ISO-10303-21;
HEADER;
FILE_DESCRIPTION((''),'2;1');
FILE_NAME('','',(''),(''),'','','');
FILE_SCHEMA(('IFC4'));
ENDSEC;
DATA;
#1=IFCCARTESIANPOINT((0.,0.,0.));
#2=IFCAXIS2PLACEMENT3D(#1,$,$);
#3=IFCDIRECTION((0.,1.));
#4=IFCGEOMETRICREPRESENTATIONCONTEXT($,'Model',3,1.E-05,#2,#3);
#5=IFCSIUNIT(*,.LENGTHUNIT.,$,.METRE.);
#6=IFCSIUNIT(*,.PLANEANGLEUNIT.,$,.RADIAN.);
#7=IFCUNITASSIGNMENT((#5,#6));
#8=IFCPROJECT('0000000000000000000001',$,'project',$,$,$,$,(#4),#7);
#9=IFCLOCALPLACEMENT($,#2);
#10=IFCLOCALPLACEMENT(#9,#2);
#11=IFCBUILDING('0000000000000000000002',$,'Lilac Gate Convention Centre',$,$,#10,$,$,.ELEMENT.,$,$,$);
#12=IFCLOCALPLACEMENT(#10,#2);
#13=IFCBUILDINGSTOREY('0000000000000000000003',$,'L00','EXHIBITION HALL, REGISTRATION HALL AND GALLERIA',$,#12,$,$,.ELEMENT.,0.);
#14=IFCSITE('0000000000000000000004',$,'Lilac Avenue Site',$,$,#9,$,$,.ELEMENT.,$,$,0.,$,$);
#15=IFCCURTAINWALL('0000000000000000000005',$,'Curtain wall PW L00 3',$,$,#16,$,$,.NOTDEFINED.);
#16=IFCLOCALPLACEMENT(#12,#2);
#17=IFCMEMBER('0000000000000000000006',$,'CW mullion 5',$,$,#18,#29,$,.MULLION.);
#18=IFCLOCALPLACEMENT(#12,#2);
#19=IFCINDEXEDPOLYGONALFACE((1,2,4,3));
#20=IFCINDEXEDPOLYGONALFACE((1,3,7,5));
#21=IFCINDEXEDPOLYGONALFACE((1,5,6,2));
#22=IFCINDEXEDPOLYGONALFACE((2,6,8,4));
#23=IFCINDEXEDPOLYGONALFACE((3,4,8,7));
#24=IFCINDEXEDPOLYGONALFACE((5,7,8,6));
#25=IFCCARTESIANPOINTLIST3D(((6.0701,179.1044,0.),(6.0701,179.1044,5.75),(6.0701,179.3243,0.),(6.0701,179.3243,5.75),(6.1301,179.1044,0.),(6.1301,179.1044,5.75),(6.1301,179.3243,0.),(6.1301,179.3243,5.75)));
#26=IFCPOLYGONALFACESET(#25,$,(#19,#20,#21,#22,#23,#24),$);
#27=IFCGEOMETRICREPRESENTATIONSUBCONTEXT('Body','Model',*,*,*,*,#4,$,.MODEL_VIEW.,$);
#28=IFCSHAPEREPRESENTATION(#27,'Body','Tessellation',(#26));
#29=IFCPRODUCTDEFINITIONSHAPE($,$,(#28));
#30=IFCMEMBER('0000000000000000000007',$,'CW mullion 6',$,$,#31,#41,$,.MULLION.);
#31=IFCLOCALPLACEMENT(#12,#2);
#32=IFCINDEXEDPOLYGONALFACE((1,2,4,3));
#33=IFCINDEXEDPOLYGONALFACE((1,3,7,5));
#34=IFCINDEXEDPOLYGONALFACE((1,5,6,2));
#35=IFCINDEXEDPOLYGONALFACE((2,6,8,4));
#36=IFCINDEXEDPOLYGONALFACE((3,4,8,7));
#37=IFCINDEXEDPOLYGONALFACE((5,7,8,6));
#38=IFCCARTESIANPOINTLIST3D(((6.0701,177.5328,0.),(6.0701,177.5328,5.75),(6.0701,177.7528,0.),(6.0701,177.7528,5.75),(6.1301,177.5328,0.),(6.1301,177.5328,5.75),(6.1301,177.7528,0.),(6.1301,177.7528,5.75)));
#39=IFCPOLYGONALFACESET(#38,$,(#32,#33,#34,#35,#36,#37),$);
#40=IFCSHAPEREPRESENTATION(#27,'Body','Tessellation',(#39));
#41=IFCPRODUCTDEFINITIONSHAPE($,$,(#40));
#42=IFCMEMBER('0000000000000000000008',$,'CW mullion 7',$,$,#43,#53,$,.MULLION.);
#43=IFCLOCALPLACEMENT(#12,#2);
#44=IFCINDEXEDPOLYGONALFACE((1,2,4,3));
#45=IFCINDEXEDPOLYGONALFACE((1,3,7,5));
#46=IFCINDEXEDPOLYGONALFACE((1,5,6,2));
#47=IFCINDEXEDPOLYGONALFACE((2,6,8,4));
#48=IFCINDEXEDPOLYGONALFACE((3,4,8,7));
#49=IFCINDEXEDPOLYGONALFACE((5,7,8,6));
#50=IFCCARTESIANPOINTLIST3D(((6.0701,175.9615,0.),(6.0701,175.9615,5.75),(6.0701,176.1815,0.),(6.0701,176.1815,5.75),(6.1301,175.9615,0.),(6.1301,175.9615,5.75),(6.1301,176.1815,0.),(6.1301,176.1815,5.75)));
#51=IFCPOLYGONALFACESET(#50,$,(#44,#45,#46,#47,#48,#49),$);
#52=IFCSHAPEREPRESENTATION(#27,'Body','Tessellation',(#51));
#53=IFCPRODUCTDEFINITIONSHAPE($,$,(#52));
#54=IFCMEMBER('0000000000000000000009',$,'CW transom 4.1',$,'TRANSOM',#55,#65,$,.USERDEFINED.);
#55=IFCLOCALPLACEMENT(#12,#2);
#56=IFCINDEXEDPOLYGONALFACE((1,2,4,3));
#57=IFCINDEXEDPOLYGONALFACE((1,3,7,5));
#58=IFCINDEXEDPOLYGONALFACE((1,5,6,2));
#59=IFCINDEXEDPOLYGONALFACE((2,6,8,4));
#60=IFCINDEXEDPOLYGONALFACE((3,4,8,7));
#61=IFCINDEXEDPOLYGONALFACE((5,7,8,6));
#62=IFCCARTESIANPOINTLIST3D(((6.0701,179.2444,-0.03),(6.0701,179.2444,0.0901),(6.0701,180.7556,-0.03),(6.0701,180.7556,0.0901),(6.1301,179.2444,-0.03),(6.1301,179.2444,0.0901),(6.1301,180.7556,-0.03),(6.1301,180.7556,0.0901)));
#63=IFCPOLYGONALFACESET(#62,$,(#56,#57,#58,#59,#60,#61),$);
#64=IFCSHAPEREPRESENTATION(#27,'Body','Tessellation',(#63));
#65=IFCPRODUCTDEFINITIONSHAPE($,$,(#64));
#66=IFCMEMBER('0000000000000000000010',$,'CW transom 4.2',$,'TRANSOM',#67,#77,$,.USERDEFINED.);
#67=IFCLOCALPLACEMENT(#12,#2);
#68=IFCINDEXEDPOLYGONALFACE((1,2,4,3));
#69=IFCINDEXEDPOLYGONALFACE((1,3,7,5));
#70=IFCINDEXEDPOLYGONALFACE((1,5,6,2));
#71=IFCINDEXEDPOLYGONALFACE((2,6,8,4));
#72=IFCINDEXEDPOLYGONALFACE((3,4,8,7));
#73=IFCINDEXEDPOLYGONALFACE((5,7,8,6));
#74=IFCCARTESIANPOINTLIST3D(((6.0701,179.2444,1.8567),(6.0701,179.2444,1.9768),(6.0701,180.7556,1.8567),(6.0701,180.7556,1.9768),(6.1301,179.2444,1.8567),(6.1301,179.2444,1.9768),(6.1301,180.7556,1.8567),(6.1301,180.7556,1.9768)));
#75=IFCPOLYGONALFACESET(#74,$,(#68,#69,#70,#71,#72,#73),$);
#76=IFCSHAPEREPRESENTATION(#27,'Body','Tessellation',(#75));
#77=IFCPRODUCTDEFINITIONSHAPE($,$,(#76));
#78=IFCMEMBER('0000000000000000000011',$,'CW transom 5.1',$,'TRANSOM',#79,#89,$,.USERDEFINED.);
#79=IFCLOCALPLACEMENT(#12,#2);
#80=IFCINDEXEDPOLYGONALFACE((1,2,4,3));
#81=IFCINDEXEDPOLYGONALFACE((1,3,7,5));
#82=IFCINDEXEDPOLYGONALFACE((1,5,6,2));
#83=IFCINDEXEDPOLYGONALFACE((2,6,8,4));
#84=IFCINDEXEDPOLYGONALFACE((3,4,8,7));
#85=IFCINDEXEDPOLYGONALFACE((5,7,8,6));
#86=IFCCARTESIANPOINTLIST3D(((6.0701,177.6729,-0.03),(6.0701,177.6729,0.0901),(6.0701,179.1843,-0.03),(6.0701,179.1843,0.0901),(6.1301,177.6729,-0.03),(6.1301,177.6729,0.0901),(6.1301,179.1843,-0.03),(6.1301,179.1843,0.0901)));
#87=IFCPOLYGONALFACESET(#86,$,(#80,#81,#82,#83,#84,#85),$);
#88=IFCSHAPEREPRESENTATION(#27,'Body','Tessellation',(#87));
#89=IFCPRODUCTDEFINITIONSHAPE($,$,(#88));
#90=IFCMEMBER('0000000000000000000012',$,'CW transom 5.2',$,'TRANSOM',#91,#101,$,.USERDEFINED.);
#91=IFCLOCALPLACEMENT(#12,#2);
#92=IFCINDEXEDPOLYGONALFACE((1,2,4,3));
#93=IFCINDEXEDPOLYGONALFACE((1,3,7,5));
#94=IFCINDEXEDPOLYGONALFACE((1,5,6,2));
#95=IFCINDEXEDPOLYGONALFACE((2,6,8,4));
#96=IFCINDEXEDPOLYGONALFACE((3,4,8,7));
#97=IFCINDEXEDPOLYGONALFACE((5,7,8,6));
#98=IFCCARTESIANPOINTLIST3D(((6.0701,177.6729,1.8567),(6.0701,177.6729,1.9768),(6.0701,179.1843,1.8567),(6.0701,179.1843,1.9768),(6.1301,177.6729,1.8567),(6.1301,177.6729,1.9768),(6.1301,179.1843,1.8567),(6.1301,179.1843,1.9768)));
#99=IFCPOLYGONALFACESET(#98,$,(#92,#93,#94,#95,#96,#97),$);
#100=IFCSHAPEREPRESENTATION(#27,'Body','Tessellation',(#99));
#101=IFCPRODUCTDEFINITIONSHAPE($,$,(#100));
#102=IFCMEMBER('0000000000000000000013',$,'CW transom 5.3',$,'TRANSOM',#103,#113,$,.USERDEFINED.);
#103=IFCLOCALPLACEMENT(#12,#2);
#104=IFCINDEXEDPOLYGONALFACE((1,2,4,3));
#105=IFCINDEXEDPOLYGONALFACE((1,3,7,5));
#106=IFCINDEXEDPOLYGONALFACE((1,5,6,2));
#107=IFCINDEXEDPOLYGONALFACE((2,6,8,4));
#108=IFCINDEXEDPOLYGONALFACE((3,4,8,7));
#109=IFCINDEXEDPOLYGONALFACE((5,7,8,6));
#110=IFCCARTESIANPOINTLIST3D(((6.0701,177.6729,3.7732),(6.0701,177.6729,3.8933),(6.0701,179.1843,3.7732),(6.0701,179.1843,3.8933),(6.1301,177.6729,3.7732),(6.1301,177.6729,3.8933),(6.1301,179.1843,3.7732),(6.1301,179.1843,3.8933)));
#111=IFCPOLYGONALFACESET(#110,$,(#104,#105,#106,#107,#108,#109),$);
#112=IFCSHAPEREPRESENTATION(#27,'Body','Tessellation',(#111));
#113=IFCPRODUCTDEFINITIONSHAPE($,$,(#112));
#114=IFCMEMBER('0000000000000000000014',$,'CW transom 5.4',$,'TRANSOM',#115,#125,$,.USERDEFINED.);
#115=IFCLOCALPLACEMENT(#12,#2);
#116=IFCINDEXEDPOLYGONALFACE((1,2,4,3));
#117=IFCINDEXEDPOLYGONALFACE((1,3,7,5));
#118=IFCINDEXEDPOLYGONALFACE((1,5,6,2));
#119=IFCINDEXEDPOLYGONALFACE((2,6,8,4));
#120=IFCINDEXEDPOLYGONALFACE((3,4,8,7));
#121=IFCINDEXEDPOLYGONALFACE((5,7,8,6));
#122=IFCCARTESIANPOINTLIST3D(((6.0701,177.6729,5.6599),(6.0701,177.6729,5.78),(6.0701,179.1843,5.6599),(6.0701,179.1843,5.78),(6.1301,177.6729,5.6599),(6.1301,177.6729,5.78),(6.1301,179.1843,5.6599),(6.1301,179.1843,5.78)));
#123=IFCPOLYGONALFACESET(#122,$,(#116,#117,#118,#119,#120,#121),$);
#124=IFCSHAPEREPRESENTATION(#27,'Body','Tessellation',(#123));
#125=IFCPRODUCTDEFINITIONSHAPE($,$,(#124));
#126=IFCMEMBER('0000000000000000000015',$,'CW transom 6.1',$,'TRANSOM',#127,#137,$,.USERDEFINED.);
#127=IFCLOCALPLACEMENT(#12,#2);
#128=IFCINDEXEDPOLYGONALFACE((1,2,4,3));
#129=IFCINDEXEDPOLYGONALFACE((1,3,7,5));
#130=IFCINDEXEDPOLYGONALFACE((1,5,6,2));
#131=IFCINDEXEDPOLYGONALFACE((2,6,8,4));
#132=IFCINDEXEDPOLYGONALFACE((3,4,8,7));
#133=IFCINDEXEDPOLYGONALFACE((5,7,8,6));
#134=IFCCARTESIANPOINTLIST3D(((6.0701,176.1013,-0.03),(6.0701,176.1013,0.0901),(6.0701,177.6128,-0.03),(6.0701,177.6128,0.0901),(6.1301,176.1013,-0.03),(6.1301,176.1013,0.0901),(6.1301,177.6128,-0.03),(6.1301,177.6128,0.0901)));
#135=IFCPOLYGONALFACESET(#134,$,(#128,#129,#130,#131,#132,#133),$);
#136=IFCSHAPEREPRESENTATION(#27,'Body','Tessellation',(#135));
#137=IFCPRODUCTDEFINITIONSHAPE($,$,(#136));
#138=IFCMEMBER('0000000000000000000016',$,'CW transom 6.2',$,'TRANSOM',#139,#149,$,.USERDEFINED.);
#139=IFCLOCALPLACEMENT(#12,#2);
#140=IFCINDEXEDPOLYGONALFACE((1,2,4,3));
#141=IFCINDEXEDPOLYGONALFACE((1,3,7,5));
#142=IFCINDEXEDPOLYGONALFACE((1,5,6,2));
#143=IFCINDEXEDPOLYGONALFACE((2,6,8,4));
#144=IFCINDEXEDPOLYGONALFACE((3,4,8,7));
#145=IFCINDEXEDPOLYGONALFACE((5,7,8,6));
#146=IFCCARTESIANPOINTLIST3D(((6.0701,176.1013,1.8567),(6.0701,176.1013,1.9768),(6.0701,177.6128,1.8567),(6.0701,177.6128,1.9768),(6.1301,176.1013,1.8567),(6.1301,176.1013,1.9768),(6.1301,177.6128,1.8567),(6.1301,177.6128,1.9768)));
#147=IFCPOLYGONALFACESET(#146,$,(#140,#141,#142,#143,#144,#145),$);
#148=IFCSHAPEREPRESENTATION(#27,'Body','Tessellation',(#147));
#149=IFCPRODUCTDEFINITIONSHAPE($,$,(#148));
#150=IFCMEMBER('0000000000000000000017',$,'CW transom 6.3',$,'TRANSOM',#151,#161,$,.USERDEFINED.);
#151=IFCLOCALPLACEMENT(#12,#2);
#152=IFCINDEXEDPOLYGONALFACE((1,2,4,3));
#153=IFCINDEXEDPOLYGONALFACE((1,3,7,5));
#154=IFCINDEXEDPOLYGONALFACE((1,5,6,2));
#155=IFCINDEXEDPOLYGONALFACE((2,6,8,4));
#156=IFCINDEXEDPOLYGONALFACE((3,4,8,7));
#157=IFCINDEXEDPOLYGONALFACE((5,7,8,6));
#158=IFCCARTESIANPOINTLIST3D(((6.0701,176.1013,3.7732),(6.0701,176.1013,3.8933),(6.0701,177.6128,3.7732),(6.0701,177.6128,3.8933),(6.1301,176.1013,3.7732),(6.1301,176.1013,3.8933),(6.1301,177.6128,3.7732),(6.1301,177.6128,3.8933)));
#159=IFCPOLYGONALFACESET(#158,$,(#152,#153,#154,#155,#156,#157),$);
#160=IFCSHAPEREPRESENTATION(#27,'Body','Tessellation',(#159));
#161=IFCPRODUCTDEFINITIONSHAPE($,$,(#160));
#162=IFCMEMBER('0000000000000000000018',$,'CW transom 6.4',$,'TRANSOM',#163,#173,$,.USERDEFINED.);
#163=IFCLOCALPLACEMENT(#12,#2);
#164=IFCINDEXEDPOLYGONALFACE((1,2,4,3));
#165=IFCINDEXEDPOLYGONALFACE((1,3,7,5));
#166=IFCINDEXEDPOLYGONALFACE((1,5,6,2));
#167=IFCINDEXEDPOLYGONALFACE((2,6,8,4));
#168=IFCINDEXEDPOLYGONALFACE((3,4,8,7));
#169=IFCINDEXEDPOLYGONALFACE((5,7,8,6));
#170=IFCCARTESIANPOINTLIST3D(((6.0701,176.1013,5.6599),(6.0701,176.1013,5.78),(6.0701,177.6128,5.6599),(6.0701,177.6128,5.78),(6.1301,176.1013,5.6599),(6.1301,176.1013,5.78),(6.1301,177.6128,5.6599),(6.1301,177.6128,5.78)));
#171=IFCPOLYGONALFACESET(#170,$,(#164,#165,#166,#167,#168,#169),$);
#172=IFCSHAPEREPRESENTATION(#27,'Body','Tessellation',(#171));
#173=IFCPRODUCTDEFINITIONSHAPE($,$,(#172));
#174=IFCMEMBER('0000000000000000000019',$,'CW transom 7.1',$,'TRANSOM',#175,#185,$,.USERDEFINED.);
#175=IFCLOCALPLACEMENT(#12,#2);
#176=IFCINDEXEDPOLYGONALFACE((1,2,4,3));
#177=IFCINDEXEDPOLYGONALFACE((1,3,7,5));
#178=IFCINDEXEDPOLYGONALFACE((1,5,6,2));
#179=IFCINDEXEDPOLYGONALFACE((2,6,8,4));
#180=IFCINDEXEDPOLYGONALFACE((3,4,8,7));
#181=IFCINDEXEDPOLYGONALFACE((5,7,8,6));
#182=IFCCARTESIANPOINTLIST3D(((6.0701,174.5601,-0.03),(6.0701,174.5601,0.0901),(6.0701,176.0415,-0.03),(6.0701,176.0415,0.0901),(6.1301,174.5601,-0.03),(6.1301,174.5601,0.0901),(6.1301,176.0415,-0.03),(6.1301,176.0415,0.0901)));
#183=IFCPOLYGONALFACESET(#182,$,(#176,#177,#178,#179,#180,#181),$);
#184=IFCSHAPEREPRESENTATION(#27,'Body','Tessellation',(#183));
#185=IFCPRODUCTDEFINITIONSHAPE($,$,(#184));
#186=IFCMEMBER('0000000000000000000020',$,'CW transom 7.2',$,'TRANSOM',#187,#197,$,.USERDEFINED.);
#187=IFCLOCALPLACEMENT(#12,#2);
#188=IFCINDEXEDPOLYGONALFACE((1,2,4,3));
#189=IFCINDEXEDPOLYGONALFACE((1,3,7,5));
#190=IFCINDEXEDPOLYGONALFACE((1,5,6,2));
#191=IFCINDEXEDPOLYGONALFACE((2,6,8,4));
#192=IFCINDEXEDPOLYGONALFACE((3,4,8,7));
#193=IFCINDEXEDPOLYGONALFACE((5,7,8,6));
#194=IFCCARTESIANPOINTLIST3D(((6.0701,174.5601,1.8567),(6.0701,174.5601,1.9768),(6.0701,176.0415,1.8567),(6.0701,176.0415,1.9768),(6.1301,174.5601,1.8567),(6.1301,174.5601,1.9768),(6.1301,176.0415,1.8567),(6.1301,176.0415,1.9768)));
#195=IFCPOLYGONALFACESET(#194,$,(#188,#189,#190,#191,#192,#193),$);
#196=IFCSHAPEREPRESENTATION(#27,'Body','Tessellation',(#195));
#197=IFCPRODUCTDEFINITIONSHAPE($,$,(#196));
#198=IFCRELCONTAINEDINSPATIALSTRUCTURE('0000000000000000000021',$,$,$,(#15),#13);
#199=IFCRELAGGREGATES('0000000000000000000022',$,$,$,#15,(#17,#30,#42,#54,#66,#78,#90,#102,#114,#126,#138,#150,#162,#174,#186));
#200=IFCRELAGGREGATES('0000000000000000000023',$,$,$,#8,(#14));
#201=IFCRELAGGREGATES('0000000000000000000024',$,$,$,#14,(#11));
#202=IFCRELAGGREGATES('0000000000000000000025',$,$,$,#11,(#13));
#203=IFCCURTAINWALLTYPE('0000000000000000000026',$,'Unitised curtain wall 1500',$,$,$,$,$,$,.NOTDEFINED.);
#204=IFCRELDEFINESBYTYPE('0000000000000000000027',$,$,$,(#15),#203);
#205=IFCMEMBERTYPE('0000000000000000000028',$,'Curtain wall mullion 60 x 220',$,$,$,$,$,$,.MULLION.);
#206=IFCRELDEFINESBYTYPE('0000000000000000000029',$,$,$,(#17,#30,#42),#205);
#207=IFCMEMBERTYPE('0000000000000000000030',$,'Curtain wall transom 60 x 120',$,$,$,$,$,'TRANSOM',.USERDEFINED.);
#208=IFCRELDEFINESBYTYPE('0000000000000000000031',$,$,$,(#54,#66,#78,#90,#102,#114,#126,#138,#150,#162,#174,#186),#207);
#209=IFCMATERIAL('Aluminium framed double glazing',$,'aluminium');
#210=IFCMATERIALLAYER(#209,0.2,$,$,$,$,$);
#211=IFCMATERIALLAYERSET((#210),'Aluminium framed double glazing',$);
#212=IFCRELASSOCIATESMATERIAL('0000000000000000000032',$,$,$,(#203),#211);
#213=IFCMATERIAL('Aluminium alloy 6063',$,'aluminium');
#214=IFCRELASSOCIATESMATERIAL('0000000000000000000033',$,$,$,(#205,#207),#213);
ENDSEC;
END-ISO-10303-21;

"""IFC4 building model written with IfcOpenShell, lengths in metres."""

from ifc_helpers import new_model, si_unit, direction, frame, origin, origin_2d, place, context, subcontext, project, spatial, rectangle, extrude, material, layer, layer_set, material_profile, profile_set, type_object, element, aggregate, save


model = new_model("IFC4")

# Units and contexts
model_context = context("Model", 3, precision=1e-05, world=origin(), true_north=direction((0.0, 1.0)))
body_context = subcontext(model_context, "Body", "Model", "MODEL_VIEW")
ifc_project = project(units=[si_unit("LENGTHUNIT", "METRE"), si_unit("PLANEANGLEUNIT", "RADIAN")], contexts=[model_context])

# Site, building, storey
site_placement = place(None, origin())
site = spatial("IfcSite", under=ifc_project, at=site_placement, Name="Lilac Avenue Site", CompositionType="ELEMENT", RefElevation=0.0)
building_placement = place(site_placement, origin())
building = spatial("IfcBuilding", under=site, at=building_placement, Name="Lilac Gate Convention Centre", CompositionType="ELEMENT")
storey_placement = place(building_placement, origin())
storey = spatial("IfcBuildingStorey", under=building, at=storey_placement, Name="L00", Description="EXHIBITION HALL, REGISTRATION HALL AND GALLERIA", CompositionType="ELEMENT", Elevation=0.0)

# Curtain wall, members
ifc_material_1 = material(Name="Aluminium framed double glazing", Category="aluminium")
ifc_layer_1 = layer(ifc_material_1, 0.2)
ifc_layer_set_1 = layer_set([ifc_layer_1], Name="Aluminium framed double glazing")
curtain_wall_type = type_object("IfcCurtainWallType", Name="Unitised curtain wall 1500", PredefinedType="NOTDEFINED", material=ifc_layer_set_1)
curtain_wall_placement = place(storey_placement, origin())
curtain_wall = element("IfcCurtainWall", 1, at=curtain_wall_placement, inside=storey, type_object=curtain_wall_type, Name="Curtain wall PW L00 3", PredefinedType="NOTDEFINED")
ifc_material_2 = material(Name="Aluminium alloy 6063", Category="aluminium")
ifc_material_profile_1 = material_profile(ifc_material_2, rectangle(XDim=0.0601, YDim=0.22, at=origin_2d()), Name="Curtain wall mullion 60 x 220")
ifc_profile_set_1 = profile_set([ifc_material_profile_1], Name="Aluminium alloy 6063")
member_type_1 = type_object("IfcMemberType", Name="Curtain wall mullion 60 x 220", PredefinedType="MULLION", material=ifc_profile_set_1)
member_1_placement = place(storey_placement, frame((6.1001, 179.2144, 0.0), z_axis=(0.0, 0.0, 1.0), x_axis=(1.0, 0.0, 0.0)))
member_1 = element("IfcMember", 2, at=member_1_placement, type_object=member_type_1, Name="CW mullion 5", PredefinedType="MULLION", context=body_context, shape_type="SweptSolid", body=[
    extrude(rectangle(XDim=0.0601, YDim=0.22, at=origin_2d()), origin(), (0.0, 0.0, 1.0), 5.75),
])
member_2_placement = place(storey_placement, frame((6.1001, 177.6428, 0.0), z_axis=(0.0, 0.0, 1.0), x_axis=(1.0, 0.0, 0.0)))
member_2 = element("IfcMember", 3, at=member_2_placement, type_object=member_type_1, Name="CW mullion 6", PredefinedType="MULLION", context=body_context, shape_type="SweptSolid", body=[
    extrude(rectangle(XDim=0.0601, YDim=0.22, at=origin_2d()), origin(), (0.0, 0.0, 1.0), 5.75),
])
member_3_placement = place(storey_placement, frame((6.1001, 176.0715, 0.0), z_axis=(0.0, 0.0, 1.0), x_axis=(1.0, 0.0, 0.0)))
member_3 = element("IfcMember", 4, at=member_3_placement, type_object=member_type_1, Name="CW mullion 7", PredefinedType="MULLION", context=body_context, shape_type="SweptSolid", body=[
    extrude(rectangle(XDim=0.0601, YDim=0.22, at=origin_2d()), origin(), (0.0, 0.0, 1.0), 5.75),
])
ifc_material_profile_2 = material_profile(ifc_material_2, rectangle(XDim=0.0601, YDim=0.1201, at=origin_2d()), Name="Curtain wall transom 60 x 120")
ifc_profile_set_2 = profile_set([ifc_material_profile_2], Name="Aluminium alloy 6063")
member_type_2 = type_object("IfcMemberType", Name="Curtain wall transom 60 x 120", ElementType="TRANSOM", PredefinedType="USERDEFINED", material=ifc_profile_set_2)
member_4_placement = place(storey_placement, frame((6.1001, 180.7556, 0.03), z_axis=(0.0, -1.0, 0.0), x_axis=(1.0, 0.0, 0.0)))
member_4 = element("IfcMember", 5, at=member_4_placement, type_object=member_type_2, Name="CW transom 4.1", ObjectType="TRANSOM", PredefinedType="USERDEFINED", context=body_context, shape_type="SweptSolid", body=[
    extrude(rectangle(XDim=0.0601, YDim=0.1201, at=origin_2d()), origin(), (0.0, 0.0, 1.0), 1.5112),
])
member_5_placement = place(storey_placement, frame((6.1001, 180.7556, 1.9167), z_axis=(0.0, -1.0, 0.0), x_axis=(1.0, 0.0, 0.0)))
member_5 = element("IfcMember", 6, at=member_5_placement, type_object=member_type_2, Name="CW transom 4.2", ObjectType="TRANSOM", PredefinedType="USERDEFINED", context=body_context, shape_type="SweptSolid", body=[
    extrude(rectangle(XDim=0.0601, YDim=0.1201, at=origin_2d()), origin(), (0.0, 0.0, 1.0), 1.5112),
])
member_6_placement = place(storey_placement, frame((6.1001, 179.1843, 0.03), z_axis=(0.0, -1.0, 0.0), x_axis=(1.0, 0.0, 0.0)))
member_6 = element("IfcMember", 7, at=member_6_placement, type_object=member_type_2, Name="CW transom 5.1", ObjectType="TRANSOM", PredefinedType="USERDEFINED", context=body_context, shape_type="SweptSolid", body=[
    extrude(rectangle(XDim=0.0601, YDim=0.1201, at=origin_2d()), origin(), (0.0, 0.0, 1.0), 1.5115),
])
member_7_placement = place(storey_placement, frame((6.1001, 179.1843, 1.9167), z_axis=(0.0, -1.0, 0.0), x_axis=(1.0, 0.0, 0.0)))
member_7 = element("IfcMember", 8, at=member_7_placement, type_object=member_type_2, Name="CW transom 5.2", ObjectType="TRANSOM", PredefinedType="USERDEFINED", context=body_context, shape_type="SweptSolid", body=[
    extrude(rectangle(XDim=0.0601, YDim=0.1201, at=origin_2d()), origin(), (0.0, 0.0, 1.0), 1.5115),
])
member_8_placement = place(storey_placement, frame((6.1001, 179.1843, 3.8333), z_axis=(0.0, -1.0, 0.0), x_axis=(1.0, 0.0, 0.0)))
member_8 = element("IfcMember", 9, at=member_8_placement, type_object=member_type_2, Name="CW transom 5.3", ObjectType="TRANSOM", PredefinedType="USERDEFINED", context=body_context, shape_type="SweptSolid", body=[
    extrude(rectangle(XDim=0.0601, YDim=0.1201, at=origin_2d()), origin(), (0.0, 0.0, 1.0), 1.5115),
])
member_9_placement = place(storey_placement, frame((6.1001, 179.1843, 5.72), z_axis=(0.0, -1.0, 0.0), x_axis=(1.0, 0.0, 0.0)))
member_9 = element("IfcMember", 10, at=member_9_placement, type_object=member_type_2, Name="CW transom 5.4", ObjectType="TRANSOM", PredefinedType="USERDEFINED", context=body_context, shape_type="SweptSolid", body=[
    extrude(rectangle(XDim=0.0601, YDim=0.1201, at=origin_2d()), origin(), (0.0, 0.0, 1.0), 1.5115),
])
member_10_placement = place(storey_placement, frame((6.1001, 177.6128, 0.03), z_axis=(0.0, -1.0, 0.0), x_axis=(1.0, 0.0, 0.0)))
member_10 = element("IfcMember", 11, at=member_10_placement, type_object=member_type_2, Name="CW transom 6.1", ObjectType="TRANSOM", PredefinedType="USERDEFINED", context=body_context, shape_type="SweptSolid", body=[
    extrude(rectangle(XDim=0.0601, YDim=0.1201, at=origin_2d()), origin(), (0.0, 0.0, 1.0), 1.5115),
])
member_11_placement = place(storey_placement, frame((6.1001, 177.6128, 1.9167), z_axis=(0.0, -1.0, 0.0), x_axis=(1.0, 0.0, 0.0)))
member_11 = element("IfcMember", 12, at=member_11_placement, type_object=member_type_2, Name="CW transom 6.2", ObjectType="TRANSOM", PredefinedType="USERDEFINED", context=body_context, shape_type="SweptSolid", body=[
    extrude(rectangle(XDim=0.0601, YDim=0.1201, at=origin_2d()), origin(), (0.0, 0.0, 1.0), 1.5115),
])
member_12_placement = place(storey_placement, frame((6.1001, 177.6128, 3.8333), z_axis=(0.0, -1.0, 0.0), x_axis=(1.0, 0.0, 0.0)))
member_12 = element("IfcMember", 13, at=member_12_placement, type_object=member_type_2, Name="CW transom 6.3", ObjectType="TRANSOM", PredefinedType="USERDEFINED", context=body_context, shape_type="SweptSolid", body=[
    extrude(rectangle(XDim=0.0601, YDim=0.1201, at=origin_2d()), origin(), (0.0, 0.0, 1.0), 1.5115),
])
member_13_placement = place(storey_placement, frame((6.1001, 177.6128, 5.72), z_axis=(0.0, -1.0, 0.0), x_axis=(1.0, 0.0, 0.0)))
member_13 = element("IfcMember", 14, at=member_13_placement, type_object=member_type_2, Name="CW transom 6.4", ObjectType="TRANSOM", PredefinedType="USERDEFINED", context=body_context, shape_type="SweptSolid", body=[
    extrude(rectangle(XDim=0.0601, YDim=0.1201, at=origin_2d()), origin(), (0.0, 0.0, 1.0), 1.5115),
])
member_14_placement = place(storey_placement, frame((6.1001, 176.0415, 0.03), z_axis=(0.0, -1.0, 0.0), x_axis=(1.0, 0.0, 0.0)))
member_14 = element("IfcMember", 15, at=member_14_placement, type_object=member_type_2, Name="CW transom 7.1", ObjectType="TRANSOM", PredefinedType="USERDEFINED", context=body_context, shape_type="SweptSolid", body=[
    extrude(rectangle(XDim=0.0601, YDim=0.1201, at=origin_2d()), origin(), (0.0, 0.0, 1.0), 1.4814),
])
member_15_placement = place(storey_placement, frame((6.1001, 176.0415, 1.9167), z_axis=(0.0, -1.0, 0.0), x_axis=(1.0, 0.0, 0.0)))
member_15 = element("IfcMember", 16, at=member_15_placement, type_object=member_type_2, Name="CW transom 7.2", ObjectType="TRANSOM", PredefinedType="USERDEFINED", context=body_context, shape_type="SweptSolid", body=[
    extrude(rectangle(XDim=0.0601, YDim=0.1201, at=origin_2d()), origin(), (0.0, 0.0, 1.0), 1.4814),
])
aggregate(curtain_wall, [member_1, member_2, member_3, member_4, member_5, member_6, member_7, member_8, member_9, member_10, member_11, member_12, member_13, member_14, member_15])

save(model, "model.ifc")
